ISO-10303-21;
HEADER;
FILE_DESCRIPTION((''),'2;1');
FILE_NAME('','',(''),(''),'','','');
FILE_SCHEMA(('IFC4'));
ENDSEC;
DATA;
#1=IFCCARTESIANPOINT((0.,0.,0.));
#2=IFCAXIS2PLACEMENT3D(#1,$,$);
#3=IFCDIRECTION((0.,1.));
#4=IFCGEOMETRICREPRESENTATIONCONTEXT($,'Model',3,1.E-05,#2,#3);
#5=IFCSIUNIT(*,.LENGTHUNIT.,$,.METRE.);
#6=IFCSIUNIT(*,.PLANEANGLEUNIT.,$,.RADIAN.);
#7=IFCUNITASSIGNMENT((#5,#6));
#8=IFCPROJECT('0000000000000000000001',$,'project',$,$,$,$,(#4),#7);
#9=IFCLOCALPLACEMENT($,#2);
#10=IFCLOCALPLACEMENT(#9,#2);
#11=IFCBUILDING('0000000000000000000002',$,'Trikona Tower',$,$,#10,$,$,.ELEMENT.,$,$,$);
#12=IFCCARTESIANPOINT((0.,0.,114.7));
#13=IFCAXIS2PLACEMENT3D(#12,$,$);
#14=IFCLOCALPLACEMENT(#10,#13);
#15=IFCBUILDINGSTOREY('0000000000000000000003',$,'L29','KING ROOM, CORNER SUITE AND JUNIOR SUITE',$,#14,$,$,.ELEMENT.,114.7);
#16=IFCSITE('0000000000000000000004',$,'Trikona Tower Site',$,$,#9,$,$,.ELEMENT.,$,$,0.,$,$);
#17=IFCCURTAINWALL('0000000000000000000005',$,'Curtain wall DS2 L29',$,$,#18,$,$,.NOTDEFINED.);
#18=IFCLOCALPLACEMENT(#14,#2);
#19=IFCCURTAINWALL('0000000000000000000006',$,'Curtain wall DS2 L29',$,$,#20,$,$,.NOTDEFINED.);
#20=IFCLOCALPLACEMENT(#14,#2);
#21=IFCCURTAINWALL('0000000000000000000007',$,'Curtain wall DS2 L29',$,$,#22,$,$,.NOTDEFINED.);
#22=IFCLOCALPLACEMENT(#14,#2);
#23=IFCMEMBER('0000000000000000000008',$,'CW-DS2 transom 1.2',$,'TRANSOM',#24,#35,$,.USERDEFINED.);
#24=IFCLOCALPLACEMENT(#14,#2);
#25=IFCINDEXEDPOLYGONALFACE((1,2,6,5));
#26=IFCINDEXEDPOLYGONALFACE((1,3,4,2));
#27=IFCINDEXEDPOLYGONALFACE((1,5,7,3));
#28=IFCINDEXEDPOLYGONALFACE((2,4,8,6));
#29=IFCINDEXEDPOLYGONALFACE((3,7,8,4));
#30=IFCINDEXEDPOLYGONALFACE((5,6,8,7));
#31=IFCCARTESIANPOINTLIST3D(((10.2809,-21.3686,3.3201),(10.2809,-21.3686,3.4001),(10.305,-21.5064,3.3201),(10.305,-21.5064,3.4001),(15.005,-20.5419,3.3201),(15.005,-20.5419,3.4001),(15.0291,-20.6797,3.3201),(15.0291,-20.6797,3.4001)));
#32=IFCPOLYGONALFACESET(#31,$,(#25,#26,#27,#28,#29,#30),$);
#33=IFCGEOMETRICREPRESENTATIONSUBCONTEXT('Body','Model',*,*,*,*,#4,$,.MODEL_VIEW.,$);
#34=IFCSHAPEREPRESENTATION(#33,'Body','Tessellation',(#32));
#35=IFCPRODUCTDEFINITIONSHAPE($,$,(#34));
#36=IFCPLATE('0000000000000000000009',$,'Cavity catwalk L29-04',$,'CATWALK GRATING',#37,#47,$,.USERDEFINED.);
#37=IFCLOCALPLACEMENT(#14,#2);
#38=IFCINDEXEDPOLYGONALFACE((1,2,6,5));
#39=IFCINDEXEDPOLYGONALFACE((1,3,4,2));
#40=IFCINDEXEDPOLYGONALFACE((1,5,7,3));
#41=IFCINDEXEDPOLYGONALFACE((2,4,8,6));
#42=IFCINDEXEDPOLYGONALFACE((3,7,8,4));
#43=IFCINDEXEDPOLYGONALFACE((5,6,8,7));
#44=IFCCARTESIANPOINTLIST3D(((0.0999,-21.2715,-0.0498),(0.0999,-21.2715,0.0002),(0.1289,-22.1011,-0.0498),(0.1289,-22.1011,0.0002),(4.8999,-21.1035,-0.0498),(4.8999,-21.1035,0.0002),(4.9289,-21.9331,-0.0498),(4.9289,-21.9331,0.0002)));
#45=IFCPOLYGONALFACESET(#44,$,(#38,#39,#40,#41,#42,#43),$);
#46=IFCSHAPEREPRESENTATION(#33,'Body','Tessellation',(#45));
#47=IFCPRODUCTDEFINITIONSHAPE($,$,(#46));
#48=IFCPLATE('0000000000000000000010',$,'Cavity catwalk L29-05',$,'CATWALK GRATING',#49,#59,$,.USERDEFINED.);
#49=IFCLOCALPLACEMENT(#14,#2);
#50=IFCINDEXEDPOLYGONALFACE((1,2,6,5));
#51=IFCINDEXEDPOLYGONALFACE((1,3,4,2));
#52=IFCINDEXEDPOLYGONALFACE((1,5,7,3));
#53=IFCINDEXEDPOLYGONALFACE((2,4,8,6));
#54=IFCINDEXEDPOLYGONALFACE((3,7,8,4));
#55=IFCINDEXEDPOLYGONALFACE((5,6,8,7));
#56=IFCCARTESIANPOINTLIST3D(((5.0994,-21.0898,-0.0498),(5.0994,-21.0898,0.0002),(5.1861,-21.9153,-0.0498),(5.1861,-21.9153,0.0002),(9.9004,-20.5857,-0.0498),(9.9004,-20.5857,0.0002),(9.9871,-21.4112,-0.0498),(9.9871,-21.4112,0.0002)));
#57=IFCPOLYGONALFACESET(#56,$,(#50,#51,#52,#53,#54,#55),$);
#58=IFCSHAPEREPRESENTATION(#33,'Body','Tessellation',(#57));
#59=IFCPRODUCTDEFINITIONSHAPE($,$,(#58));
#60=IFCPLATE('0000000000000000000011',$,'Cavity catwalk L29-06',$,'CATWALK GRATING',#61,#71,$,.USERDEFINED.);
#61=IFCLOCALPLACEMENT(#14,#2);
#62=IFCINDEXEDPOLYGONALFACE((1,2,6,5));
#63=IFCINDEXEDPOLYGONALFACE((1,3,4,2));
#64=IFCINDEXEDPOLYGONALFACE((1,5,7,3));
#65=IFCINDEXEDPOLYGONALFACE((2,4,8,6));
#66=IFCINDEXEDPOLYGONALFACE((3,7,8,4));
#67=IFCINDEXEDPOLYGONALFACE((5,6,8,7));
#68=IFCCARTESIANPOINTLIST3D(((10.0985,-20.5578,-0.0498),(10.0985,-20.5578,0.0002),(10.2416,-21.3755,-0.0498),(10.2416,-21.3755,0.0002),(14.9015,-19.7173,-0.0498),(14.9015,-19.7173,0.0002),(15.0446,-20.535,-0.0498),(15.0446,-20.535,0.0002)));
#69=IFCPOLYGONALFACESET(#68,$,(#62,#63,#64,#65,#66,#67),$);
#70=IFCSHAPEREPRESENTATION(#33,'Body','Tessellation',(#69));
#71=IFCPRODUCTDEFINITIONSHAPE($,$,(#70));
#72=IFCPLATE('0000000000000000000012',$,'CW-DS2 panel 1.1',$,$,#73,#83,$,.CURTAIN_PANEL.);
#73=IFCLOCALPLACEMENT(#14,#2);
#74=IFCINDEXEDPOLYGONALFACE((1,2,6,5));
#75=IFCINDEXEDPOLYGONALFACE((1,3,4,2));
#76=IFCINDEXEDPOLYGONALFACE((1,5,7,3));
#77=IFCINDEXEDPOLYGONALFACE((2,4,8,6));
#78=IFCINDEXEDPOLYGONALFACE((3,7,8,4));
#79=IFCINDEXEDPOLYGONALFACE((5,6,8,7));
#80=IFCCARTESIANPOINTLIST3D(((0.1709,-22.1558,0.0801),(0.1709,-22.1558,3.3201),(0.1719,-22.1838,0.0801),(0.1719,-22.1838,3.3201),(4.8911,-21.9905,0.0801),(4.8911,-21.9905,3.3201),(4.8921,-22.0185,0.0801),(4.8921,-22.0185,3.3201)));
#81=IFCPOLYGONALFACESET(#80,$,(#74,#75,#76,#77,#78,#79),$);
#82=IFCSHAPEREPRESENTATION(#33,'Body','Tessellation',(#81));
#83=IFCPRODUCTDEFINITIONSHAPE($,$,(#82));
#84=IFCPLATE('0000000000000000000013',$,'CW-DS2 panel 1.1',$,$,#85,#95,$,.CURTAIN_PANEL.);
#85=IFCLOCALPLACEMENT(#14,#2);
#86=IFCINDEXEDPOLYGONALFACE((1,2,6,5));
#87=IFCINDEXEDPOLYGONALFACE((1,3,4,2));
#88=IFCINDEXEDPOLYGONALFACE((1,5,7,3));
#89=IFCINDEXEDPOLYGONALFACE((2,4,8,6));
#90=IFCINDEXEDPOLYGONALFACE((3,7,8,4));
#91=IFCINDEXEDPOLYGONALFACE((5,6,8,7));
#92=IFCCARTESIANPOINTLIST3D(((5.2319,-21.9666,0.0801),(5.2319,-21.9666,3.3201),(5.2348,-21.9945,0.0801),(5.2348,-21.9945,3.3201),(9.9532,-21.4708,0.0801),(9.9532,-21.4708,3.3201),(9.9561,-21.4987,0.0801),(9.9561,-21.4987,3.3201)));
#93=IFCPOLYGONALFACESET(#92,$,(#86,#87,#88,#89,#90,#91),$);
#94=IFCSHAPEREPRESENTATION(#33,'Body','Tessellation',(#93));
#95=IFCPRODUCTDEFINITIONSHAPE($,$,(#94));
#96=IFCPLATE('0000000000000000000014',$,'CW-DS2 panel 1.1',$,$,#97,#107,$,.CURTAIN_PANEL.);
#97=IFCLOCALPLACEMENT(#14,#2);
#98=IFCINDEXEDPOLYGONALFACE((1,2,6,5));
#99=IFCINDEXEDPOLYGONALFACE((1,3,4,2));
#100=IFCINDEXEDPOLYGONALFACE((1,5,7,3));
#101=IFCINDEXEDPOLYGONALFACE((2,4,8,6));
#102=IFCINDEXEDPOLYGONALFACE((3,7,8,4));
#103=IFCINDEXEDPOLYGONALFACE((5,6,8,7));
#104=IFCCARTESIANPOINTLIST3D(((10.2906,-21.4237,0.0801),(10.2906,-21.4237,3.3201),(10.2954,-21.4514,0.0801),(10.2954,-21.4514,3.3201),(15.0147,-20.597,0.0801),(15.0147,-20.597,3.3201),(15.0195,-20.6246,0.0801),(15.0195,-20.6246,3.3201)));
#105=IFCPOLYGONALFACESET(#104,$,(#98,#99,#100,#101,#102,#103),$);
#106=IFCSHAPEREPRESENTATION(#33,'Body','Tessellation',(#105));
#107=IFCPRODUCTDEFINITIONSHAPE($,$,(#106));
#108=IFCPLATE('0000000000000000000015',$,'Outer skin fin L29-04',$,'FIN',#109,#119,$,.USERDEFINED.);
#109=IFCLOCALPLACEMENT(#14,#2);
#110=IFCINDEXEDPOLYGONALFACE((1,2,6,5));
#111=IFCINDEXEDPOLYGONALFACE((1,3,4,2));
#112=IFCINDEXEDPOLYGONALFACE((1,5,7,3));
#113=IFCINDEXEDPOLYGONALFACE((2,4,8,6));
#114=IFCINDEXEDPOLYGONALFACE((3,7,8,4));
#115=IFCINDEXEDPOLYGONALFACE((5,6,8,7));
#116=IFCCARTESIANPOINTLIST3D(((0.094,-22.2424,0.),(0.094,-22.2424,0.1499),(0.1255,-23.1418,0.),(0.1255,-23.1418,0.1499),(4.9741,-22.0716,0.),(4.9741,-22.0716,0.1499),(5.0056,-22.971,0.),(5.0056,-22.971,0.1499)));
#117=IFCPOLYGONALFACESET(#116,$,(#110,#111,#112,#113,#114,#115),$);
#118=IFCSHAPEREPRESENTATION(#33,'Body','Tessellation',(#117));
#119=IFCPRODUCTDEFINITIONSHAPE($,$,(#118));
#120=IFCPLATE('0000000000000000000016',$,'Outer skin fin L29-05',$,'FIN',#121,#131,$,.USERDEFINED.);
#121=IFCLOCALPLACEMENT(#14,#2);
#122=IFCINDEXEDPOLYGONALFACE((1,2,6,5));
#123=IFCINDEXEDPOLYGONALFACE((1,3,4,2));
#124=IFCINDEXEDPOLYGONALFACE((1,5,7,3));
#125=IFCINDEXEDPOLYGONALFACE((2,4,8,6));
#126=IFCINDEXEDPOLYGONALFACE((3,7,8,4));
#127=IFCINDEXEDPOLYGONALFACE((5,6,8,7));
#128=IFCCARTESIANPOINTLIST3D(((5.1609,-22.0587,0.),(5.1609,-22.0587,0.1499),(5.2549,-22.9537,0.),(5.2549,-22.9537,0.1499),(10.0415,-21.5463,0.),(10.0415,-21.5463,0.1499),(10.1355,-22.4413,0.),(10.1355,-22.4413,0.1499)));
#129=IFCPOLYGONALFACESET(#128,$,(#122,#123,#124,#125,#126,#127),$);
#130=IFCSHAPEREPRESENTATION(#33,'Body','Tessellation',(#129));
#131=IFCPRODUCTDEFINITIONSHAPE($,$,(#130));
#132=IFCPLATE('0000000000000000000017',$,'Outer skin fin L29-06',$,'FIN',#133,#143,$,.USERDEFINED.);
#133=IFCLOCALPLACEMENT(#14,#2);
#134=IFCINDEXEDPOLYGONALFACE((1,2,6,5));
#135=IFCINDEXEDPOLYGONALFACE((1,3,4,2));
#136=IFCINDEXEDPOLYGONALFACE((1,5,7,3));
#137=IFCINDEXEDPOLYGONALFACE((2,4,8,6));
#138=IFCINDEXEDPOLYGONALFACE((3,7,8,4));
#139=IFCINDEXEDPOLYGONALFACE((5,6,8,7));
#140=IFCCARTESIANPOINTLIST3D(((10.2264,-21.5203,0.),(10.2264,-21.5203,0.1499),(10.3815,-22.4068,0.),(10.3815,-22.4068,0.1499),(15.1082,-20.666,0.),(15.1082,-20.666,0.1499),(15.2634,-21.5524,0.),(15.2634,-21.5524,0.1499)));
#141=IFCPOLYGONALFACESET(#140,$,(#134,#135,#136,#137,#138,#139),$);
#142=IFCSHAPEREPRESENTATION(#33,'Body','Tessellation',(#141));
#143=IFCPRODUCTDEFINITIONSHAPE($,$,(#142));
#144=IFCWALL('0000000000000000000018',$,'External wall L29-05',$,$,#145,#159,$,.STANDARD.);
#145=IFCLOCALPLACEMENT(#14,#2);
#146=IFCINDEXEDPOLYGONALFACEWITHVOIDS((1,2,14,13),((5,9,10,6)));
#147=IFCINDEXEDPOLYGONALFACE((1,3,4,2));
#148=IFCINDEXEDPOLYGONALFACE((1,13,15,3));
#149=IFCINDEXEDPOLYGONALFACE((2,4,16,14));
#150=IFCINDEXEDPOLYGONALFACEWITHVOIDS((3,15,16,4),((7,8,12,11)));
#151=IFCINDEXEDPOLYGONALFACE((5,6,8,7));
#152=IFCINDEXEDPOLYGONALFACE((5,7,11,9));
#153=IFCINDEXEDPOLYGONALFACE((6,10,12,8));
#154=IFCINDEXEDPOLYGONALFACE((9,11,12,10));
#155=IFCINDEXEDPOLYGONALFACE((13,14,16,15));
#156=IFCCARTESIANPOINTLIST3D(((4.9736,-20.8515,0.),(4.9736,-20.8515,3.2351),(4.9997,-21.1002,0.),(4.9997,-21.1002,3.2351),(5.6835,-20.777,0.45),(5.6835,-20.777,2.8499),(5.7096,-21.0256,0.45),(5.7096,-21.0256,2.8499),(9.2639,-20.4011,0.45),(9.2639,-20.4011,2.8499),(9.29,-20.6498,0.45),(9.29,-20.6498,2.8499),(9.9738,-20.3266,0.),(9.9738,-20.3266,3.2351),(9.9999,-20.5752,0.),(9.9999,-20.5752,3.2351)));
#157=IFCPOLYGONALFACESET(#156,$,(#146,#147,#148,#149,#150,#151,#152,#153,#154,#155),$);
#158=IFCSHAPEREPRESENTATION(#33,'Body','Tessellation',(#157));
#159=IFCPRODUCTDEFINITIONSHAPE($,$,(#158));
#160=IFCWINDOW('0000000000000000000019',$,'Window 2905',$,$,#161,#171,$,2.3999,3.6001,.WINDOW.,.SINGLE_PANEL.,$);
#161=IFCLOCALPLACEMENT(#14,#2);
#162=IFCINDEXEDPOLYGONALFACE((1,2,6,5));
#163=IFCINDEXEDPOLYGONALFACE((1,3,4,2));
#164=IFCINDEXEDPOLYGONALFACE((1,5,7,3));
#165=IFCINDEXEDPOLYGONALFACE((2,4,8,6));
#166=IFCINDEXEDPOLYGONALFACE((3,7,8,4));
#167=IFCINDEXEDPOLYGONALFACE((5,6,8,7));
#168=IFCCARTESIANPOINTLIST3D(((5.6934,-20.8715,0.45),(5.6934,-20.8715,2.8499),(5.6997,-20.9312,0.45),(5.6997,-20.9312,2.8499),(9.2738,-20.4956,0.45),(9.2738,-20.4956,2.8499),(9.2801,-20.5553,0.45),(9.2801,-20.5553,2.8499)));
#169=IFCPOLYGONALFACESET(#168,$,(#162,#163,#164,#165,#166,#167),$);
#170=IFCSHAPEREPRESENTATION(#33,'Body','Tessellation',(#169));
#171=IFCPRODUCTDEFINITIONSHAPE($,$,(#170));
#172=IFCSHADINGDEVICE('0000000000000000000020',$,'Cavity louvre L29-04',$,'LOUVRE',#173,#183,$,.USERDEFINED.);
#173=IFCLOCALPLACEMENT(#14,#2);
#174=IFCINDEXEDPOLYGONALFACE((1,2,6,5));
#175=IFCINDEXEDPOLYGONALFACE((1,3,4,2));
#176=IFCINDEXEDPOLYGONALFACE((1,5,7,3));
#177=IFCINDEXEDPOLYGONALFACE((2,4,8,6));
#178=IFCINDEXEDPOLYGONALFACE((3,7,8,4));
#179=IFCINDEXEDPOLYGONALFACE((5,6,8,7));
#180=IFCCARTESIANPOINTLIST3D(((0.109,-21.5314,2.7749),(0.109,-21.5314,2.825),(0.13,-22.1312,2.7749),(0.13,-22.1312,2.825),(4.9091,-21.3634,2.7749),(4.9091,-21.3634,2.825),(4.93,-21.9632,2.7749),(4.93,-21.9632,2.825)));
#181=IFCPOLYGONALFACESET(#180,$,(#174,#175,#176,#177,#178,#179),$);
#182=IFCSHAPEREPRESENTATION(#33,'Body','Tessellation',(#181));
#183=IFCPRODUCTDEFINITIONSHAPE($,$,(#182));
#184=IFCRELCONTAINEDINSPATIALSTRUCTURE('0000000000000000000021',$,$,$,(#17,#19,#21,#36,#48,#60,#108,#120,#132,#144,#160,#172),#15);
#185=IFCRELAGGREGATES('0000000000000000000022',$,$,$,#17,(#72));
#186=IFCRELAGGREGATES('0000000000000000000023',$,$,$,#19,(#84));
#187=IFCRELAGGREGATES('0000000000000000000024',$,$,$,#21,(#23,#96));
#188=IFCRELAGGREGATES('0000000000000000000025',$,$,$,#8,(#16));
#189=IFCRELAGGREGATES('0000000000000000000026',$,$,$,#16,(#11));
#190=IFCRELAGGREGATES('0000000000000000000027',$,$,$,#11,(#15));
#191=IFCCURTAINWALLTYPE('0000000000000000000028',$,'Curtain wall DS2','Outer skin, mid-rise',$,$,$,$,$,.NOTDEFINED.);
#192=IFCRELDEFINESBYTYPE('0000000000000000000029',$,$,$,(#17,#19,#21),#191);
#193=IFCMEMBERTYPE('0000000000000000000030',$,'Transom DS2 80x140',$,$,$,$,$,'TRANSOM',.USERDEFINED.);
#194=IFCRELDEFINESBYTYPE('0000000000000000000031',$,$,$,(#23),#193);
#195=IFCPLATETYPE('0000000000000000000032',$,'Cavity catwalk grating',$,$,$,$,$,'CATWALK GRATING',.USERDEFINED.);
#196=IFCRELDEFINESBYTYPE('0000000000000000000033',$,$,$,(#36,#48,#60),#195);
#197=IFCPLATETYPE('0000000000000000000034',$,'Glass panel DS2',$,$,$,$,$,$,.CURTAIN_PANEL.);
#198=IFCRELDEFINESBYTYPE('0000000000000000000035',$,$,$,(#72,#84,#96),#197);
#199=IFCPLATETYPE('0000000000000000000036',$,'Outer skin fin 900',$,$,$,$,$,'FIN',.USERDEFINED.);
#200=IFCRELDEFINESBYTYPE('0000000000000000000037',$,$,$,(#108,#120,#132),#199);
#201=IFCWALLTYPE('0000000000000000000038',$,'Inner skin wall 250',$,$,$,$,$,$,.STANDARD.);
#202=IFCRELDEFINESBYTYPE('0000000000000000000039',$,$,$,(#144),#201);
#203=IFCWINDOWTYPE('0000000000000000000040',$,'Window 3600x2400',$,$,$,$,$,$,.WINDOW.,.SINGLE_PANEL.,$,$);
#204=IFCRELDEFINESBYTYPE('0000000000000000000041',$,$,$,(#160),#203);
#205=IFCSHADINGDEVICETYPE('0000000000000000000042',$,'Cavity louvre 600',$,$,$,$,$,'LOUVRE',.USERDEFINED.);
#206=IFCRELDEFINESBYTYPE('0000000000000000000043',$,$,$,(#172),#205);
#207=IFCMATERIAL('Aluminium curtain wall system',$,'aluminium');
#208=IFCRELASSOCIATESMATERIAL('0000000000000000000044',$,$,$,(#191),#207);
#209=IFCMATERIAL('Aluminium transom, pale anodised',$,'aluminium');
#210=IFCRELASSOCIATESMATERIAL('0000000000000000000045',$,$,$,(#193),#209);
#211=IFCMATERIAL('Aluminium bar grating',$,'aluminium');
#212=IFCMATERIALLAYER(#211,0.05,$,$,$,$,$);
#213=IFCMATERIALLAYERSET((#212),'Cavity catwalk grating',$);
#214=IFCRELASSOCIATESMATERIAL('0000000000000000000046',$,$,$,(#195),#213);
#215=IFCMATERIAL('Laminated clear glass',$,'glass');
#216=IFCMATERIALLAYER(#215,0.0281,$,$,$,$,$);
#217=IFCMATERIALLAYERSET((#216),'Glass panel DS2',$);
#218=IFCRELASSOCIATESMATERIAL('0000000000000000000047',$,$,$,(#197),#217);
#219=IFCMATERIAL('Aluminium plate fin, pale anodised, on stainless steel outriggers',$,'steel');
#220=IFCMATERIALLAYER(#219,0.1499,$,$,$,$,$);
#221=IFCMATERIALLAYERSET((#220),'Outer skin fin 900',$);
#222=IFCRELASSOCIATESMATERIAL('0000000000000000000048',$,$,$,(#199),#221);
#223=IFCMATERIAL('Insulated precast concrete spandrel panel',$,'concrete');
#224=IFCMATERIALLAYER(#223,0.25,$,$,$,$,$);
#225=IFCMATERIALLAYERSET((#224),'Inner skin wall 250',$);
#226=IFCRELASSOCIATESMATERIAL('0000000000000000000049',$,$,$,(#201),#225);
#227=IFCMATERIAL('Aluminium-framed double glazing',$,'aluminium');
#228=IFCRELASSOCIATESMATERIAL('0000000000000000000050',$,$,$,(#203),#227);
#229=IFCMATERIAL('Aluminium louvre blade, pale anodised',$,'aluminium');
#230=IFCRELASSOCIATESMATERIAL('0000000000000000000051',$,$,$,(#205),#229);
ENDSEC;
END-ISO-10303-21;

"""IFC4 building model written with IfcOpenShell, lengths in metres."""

from ifc_helpers import new_model, si_unit, direction, frame, frame_2d, origin, origin_2d, place, context, subcontext, project, spatial, rectangle, extrude, material, layer, layer_set, material_profile, profile_set, type_object, element, fill, aggregate, save


model = new_model("IFC4")

# Units and contexts
model_context = context("Model", 3, precision=1e-05, world=origin(), true_north=direction((0.0, 1.0)))
body_context = subcontext(model_context, "Body", "Model", "MODEL_VIEW")
ifc_project = project(units=[si_unit("LENGTHUNIT", "METRE"), si_unit("PLANEANGLEUNIT", "RADIAN")], contexts=[model_context])

# Site, building, storey
site_placement = place(None, origin())
site = spatial("IfcSite", under=ifc_project, at=site_placement, Name="Trikona Tower Site", CompositionType="ELEMENT", RefElevation=0.0)
building_placement = place(site_placement, origin())
building = spatial("IfcBuilding", under=site, at=building_placement, Name="Trikona Tower", CompositionType="ELEMENT")
storey_placement = place(building_placement, frame((0.0, 0.0, 114.7)))
storey = spatial("IfcBuildingStorey", under=building, at=storey_placement, Name="L29", Description="KING ROOM, CORNER SUITE AND JUNIOR SUITE", CompositionType="ELEMENT", Elevation=114.7)

# Curtain walls
ifc_material_1 = material(Name="Aluminium curtain wall system", Category="aluminium")
curtain_wall_type = type_object("IfcCurtainWallType", Name="Curtain wall DS2", Description="Outer skin, mid-rise", PredefinedType="NOTDEFINED", material=ifc_material_1)
curtain_wall_1_placement = place(storey_placement, origin())
curtain_wall_1 = element("IfcCurtainWall", 1, at=curtain_wall_1_placement, inside=storey, type_object=curtain_wall_type, Name="Curtain wall DS2 L29", PredefinedType="NOTDEFINED")
curtain_wall_2_placement = place(storey_placement, origin())
curtain_wall_2 = element("IfcCurtainWall", 2, at=curtain_wall_2_placement, inside=storey, type_object=curtain_wall_type, Name="Curtain wall DS2 L29", PredefinedType="NOTDEFINED")

# Curtain wall
curtain_wall_3_placement = place(storey_placement, origin())
curtain_wall_3 = element("IfcCurtainWall", 3, at=curtain_wall_3_placement, inside=storey, type_object=curtain_wall_type, Name="Curtain wall DS2 L29", PredefinedType="NOTDEFINED")

# Member
ifc_material_2 = material(Name="Aluminium transom, pale anodised", Category="aluminium")
ifc_material_profile_1 = material_profile(ifc_material_2, rectangle(XDim=0.1399, YDim=0.0801, at=origin_2d()), Name="TRN-DS2")
ifc_profile_set_1 = profile_set([ifc_material_profile_1], Name="Aluminium transom, pale anodised")
member_type_1 = type_object("IfcMemberType", Name="Transom DS2 80x140", ElementType="TRANSOM", PredefinedType="USERDEFINED", material=ifc_profile_set_1)
member_1_placement = place(storey_placement, frame((10.293, -21.4375, 3.3601), z_axis=(0.985033, 0.172368, 0.0), x_axis=(-0.172368, 0.985033, 0.0)))
member_1 = element("IfcMember", 4, at=member_1_placement, type_object=member_type_1, Name="CW-DS2 transom 1.2", ObjectType="TRANSOM", PredefinedType="USERDEFINED", context=body_context, shape_type="SweptSolid", body=[
    extrude(rectangle(XDim=0.1399, YDim=0.0801, at=origin_2d()), origin(), (0.0, 0.0, 1.0), 4.7959),
])

# Plates
ifc_material_3 = material(Name="Aluminium bar grating", Category="aluminium")
ifc_layer_1 = layer(ifc_material_3, 0.05)
ifc_layer_set_1 = layer_set([ifc_layer_1], Name="Cavity catwalk grating")
plate_type_1 = type_object("IfcPlateType", Name="Cavity catwalk grating", ElementType="CATWALK GRATING", PredefinedType="USERDEFINED", material=ifc_layer_set_1)
plate_1_placement = place(storey_placement, frame((2.5144, -21.6023, -0.0498), z_axis=(0.0, 0.0, 1.0), x_axis=(0.999388, 0.034978, 0.0)))
element("IfcPlate", 5, at=plate_1_placement, inside=storey, type_object=plate_type_1, Name="Cavity catwalk L29-04", ObjectType="CATWALK GRATING", PredefinedType="USERDEFINED", context=body_context, shape_type="SweptSolid", body=[
    extrude(rectangle(XDim=4.803, YDim=0.8301, at=origin_2d()), origin(), (0.0, 0.0, 1.0), 0.05),
])
plate_2_placement = place(storey_placement, frame((7.5432, -21.2505, -0.0498), z_axis=(0.0, 0.0, 1.0), x_axis=(0.994533, 0.104426, 0.0)))
element("IfcPlate", 6, at=plate_2_placement, inside=storey, type_object=plate_type_1, Name="Cavity catwalk L29-05", ObjectType="CATWALK GRATING", PredefinedType="USERDEFINED", context=body_context, shape_type="SweptSolid", body=[
    extrude(rectangle(XDim=4.8274, YDim=0.8301, at=origin_2d()), origin(), (0.0, 0.0, 1.0), 0.05),
])
plate_3_placement = place(storey_placement, frame((12.5715, -20.5464, -0.0498), z_axis=(0.0, 0.0, 1.0), x_axis=(0.985031, 0.17238, 0.0)))
element("IfcPlate", 7, at=plate_3_placement, inside=storey, type_object=plate_type_1, Name="Cavity catwalk L29-06", ObjectType="CATWALK GRATING", PredefinedType="USERDEFINED", context=body_context, shape_type="SweptSolid", body=[
    extrude(rectangle(XDim=4.876, YDim=0.8301, at=origin_2d()), origin(), (0.0, 0.0, 1.0), 0.05),
])

# Plates
ifc_material_4 = material(Name="Laminated clear glass", Category="glass")
ifc_layer_2 = layer(ifc_material_4, 0.0281)
ifc_layer_set_2 = layer_set([ifc_layer_2], Name="Glass panel DS2")
plate_type_2 = type_object("IfcPlateType", Name="Glass panel DS2", PredefinedType="CURTAIN_PANEL", material=ifc_layer_set_2)
plate_4_placement = place(storey_placement, frame((2.5315, -22.0872, 0.0801), z_axis=(0.0, 0.0, 1.0), x_axis=(0.999387, 0.034998, 0.0)))
plate_4 = element("IfcPlate", 8, at=plate_4_placement, type_object=plate_type_2, Name="CW-DS2 panel 1.1", PredefinedType="CURTAIN_PANEL", context=body_context, shape_type="SweptSolid", body=[
    extrude(rectangle(XDim=4.7231, YDim=0.0281, at=origin_2d()), origin(), (0.0, 0.0, 1.0), 3.24),
])
aggregate(curtain_wall_1, [plate_4])
plate_5_placement = place(storey_placement, frame((7.594, -21.7327, 0.0801), z_axis=(0.0, 0.0, 1.0), x_axis=(0.994532, 0.104433, 0.0)))
plate_5 = element("IfcPlate", 9, at=plate_5_placement, type_object=plate_type_2, Name="CW-DS2 panel 1.1", PredefinedType="CURTAIN_PANEL", context=body_context, shape_type="SweptSolid", body=[
    extrude(rectangle(XDim=4.7473, YDim=0.0281, at=origin_2d()), origin(), (0.0, 0.0, 1.0), 3.24),
])
aggregate(curtain_wall_2, [plate_5])
plate_6_placement = place(storey_placement, frame((12.655, -21.0242, 0.0801), z_axis=(0.0, 0.0, 1.0), x_axis=(0.985031, 0.172377, 0.0)))
plate_6 = element("IfcPlate", 10, at=plate_6_placement, type_object=plate_type_2, Name="CW-DS2 panel 1.1", PredefinedType="CURTAIN_PANEL", context=body_context, shape_type="SweptSolid", body=[
    extrude(rectangle(XDim=4.7959, YDim=0.0281, at=origin_2d()), origin(), (0.0, 0.0, 1.0), 3.24),
])
aggregate(curtain_wall_3, [member_1, plate_6])

# Plates
ifc_material_5 = material(Name="Aluminium plate fin, pale anodised, on stainless steel outriggers", Category="steel")
ifc_layer_3 = layer(ifc_material_5, 0.1499)
ifc_layer_set_3 = layer_set([ifc_layer_3], Name="Outer skin fin 900")
plate_type_3 = type_object("IfcPlateType", Name="Outer skin fin 900", ElementType="FIN", PredefinedType="USERDEFINED", material=ifc_layer_set_3)
plate_7_placement = place(storey_placement, frame((2.5498, -22.6067, 0.0), z_axis=(0.0, 0.0, 1.0), x_axis=(0.999388, 0.034978, 0.0)))
element("IfcPlate", 11, at=plate_7_placement, inside=storey, type_object=plate_type_3, Name="Outer skin fin L29-04", ObjectType="FIN", PredefinedType="USERDEFINED", context=body_context, shape_type="SweptSolid", body=[
    extrude(rectangle(XDim=4.8831, YDim=0.8999, at=origin_2d()), origin(), (0.0, 0.0, 1.0), 0.1499),
])
plate_8_placement = place(storey_placement, frame((7.6482, -22.25, 0.0), z_axis=(0.0, 0.0, 1.0), x_axis=(0.994533, 0.104426, 0.0)))
element("IfcPlate", 12, at=plate_8_placement, inside=storey, type_object=plate_type_3, Name="Outer skin fin L29-05", ObjectType="FIN", PredefinedType="USERDEFINED", context=body_context, shape_type="SweptSolid", body=[
    extrude(rectangle(XDim=4.9075, YDim=0.8999, at=origin_2d()), origin(), (0.0, 0.0, 1.0), 0.1499),
])
plate_9_placement = place(storey_placement, frame((12.7449, -21.5364, 0.0), z_axis=(0.0, 0.0, 1.0), x_axis=(0.985031, 0.17238, 0.0)))
element("IfcPlate", 13, at=plate_9_placement, inside=storey, type_object=plate_type_3, Name="Outer skin fin L29-06", ObjectType="FIN", PredefinedType="USERDEFINED", context=body_context, shape_type="SweptSolid", body=[
    extrude(rectangle(XDim=4.9561, YDim=0.8999, at=origin_2d()), origin(), (0.0, 0.0, 1.0), 0.1499),
])

# Wall, opening, window
ifc_material_6 = material(Name="Insulated precast concrete spandrel panel", Category="concrete")
ifc_layer_4 = layer(ifc_material_6, 0.25)
ifc_layer_set_4 = layer_set([ifc_layer_4], Name="Inner skin wall 250")
wall_type = type_object("IfcWallType", Name="Inner skin wall 250", PredefinedType="STANDARD", material=ifc_layer_set_4)
wall_placement = place(storey_placement, frame((4.9868, -20.9758, 0.0), z_axis=(0.0, 0.0, 1.0), x_axis=(0.994535, 0.104407, 0.0)))
wall = element("IfcWall", 14, at=wall_placement, inside=storey, type_object=wall_type, Name="External wall L29-05", PredefinedType="STANDARD", context=body_context, shape_type="SweptSolid", body=[
    extrude(rectangle(XDim=5.0276, YDim=0.25, at=frame_2d((2.5137, 0.0))), origin(), (0.0, 0.0, 1.0), 3.2351),
])
opening_placement = place(wall_placement, frame((0.7136, 0.0, 0.45)))
opening = element("IfcOpeningElement", 15, at=opening_placement, cuts=wall, PredefinedType="OPENING", context=body_context, shape_type="SweptSolid", body=[
    extrude(rectangle(XDim=3.6001, YDim=2.3999, at=frame_2d((1.8, 1.2))), frame((0.0, 0.135, 0.0), z_axis=(0.0, -1.0, 0.0), x_axis=(1.0, 0.0, 0.0)), (0.0, 0.0, 1.0), 0.27),
])
ifc_material_7 = material(Name="Aluminium-framed double glazing", Category="aluminium")
window_type = type_object("IfcWindowType", Name="Window 3600x2400", PartitioningType="SINGLE_PANEL", PredefinedType="WINDOW", material=ifc_material_7)
window_placement = place(opening_placement, origin())
window = element("IfcWindow", 16, at=window_placement, inside=storey, type_object=window_type, Name="Window 2905", OverallHeight=2.3999, OverallWidth=3.6001, PartitioningType="SINGLE_PANEL", PredefinedType="WINDOW", context=body_context, shape_type="SweptSolid", body=[
    extrude(rectangle(XDim=3.6001, YDim=2.3999, at=frame_2d((1.8, 1.2))), frame((0.0, 0.03, 0.0), z_axis=(0.0, -1.0, 0.0), x_axis=(1.0, 0.0, 0.0)), (0.0, 0.0, 1.0), 0.0601),
])
fill(opening, window)

# Shading device
ifc_material_8 = material(Name="Aluminium louvre blade, pale anodised", Category="aluminium")
shading_device_type = type_object("IfcShadingDeviceType", Name="Cavity louvre 600", ElementType="LOUVRE", PredefinedType="USERDEFINED", material=ifc_material_8)
shading_device_1_placement = place(storey_placement, frame((2.5195, -21.7473, 2.7749), z_axis=(0.0, 0.0, 1.0), x_axis=(0.999388, 0.034978, 0.0)))
element("IfcShadingDevice", 17, at=shading_device_1_placement, inside=storey, type_object=shading_device_type, Name="Cavity louvre L29-04", ObjectType="LOUVRE", PredefinedType="USERDEFINED", context=body_context, shape_type="SweptSolid", body=[
    extrude(rectangle(XDim=4.803, YDim=0.6001, at=origin_2d()), origin(), (0.0, 0.0, 1.0), 0.05),
])

save(model, "model.ifc")
